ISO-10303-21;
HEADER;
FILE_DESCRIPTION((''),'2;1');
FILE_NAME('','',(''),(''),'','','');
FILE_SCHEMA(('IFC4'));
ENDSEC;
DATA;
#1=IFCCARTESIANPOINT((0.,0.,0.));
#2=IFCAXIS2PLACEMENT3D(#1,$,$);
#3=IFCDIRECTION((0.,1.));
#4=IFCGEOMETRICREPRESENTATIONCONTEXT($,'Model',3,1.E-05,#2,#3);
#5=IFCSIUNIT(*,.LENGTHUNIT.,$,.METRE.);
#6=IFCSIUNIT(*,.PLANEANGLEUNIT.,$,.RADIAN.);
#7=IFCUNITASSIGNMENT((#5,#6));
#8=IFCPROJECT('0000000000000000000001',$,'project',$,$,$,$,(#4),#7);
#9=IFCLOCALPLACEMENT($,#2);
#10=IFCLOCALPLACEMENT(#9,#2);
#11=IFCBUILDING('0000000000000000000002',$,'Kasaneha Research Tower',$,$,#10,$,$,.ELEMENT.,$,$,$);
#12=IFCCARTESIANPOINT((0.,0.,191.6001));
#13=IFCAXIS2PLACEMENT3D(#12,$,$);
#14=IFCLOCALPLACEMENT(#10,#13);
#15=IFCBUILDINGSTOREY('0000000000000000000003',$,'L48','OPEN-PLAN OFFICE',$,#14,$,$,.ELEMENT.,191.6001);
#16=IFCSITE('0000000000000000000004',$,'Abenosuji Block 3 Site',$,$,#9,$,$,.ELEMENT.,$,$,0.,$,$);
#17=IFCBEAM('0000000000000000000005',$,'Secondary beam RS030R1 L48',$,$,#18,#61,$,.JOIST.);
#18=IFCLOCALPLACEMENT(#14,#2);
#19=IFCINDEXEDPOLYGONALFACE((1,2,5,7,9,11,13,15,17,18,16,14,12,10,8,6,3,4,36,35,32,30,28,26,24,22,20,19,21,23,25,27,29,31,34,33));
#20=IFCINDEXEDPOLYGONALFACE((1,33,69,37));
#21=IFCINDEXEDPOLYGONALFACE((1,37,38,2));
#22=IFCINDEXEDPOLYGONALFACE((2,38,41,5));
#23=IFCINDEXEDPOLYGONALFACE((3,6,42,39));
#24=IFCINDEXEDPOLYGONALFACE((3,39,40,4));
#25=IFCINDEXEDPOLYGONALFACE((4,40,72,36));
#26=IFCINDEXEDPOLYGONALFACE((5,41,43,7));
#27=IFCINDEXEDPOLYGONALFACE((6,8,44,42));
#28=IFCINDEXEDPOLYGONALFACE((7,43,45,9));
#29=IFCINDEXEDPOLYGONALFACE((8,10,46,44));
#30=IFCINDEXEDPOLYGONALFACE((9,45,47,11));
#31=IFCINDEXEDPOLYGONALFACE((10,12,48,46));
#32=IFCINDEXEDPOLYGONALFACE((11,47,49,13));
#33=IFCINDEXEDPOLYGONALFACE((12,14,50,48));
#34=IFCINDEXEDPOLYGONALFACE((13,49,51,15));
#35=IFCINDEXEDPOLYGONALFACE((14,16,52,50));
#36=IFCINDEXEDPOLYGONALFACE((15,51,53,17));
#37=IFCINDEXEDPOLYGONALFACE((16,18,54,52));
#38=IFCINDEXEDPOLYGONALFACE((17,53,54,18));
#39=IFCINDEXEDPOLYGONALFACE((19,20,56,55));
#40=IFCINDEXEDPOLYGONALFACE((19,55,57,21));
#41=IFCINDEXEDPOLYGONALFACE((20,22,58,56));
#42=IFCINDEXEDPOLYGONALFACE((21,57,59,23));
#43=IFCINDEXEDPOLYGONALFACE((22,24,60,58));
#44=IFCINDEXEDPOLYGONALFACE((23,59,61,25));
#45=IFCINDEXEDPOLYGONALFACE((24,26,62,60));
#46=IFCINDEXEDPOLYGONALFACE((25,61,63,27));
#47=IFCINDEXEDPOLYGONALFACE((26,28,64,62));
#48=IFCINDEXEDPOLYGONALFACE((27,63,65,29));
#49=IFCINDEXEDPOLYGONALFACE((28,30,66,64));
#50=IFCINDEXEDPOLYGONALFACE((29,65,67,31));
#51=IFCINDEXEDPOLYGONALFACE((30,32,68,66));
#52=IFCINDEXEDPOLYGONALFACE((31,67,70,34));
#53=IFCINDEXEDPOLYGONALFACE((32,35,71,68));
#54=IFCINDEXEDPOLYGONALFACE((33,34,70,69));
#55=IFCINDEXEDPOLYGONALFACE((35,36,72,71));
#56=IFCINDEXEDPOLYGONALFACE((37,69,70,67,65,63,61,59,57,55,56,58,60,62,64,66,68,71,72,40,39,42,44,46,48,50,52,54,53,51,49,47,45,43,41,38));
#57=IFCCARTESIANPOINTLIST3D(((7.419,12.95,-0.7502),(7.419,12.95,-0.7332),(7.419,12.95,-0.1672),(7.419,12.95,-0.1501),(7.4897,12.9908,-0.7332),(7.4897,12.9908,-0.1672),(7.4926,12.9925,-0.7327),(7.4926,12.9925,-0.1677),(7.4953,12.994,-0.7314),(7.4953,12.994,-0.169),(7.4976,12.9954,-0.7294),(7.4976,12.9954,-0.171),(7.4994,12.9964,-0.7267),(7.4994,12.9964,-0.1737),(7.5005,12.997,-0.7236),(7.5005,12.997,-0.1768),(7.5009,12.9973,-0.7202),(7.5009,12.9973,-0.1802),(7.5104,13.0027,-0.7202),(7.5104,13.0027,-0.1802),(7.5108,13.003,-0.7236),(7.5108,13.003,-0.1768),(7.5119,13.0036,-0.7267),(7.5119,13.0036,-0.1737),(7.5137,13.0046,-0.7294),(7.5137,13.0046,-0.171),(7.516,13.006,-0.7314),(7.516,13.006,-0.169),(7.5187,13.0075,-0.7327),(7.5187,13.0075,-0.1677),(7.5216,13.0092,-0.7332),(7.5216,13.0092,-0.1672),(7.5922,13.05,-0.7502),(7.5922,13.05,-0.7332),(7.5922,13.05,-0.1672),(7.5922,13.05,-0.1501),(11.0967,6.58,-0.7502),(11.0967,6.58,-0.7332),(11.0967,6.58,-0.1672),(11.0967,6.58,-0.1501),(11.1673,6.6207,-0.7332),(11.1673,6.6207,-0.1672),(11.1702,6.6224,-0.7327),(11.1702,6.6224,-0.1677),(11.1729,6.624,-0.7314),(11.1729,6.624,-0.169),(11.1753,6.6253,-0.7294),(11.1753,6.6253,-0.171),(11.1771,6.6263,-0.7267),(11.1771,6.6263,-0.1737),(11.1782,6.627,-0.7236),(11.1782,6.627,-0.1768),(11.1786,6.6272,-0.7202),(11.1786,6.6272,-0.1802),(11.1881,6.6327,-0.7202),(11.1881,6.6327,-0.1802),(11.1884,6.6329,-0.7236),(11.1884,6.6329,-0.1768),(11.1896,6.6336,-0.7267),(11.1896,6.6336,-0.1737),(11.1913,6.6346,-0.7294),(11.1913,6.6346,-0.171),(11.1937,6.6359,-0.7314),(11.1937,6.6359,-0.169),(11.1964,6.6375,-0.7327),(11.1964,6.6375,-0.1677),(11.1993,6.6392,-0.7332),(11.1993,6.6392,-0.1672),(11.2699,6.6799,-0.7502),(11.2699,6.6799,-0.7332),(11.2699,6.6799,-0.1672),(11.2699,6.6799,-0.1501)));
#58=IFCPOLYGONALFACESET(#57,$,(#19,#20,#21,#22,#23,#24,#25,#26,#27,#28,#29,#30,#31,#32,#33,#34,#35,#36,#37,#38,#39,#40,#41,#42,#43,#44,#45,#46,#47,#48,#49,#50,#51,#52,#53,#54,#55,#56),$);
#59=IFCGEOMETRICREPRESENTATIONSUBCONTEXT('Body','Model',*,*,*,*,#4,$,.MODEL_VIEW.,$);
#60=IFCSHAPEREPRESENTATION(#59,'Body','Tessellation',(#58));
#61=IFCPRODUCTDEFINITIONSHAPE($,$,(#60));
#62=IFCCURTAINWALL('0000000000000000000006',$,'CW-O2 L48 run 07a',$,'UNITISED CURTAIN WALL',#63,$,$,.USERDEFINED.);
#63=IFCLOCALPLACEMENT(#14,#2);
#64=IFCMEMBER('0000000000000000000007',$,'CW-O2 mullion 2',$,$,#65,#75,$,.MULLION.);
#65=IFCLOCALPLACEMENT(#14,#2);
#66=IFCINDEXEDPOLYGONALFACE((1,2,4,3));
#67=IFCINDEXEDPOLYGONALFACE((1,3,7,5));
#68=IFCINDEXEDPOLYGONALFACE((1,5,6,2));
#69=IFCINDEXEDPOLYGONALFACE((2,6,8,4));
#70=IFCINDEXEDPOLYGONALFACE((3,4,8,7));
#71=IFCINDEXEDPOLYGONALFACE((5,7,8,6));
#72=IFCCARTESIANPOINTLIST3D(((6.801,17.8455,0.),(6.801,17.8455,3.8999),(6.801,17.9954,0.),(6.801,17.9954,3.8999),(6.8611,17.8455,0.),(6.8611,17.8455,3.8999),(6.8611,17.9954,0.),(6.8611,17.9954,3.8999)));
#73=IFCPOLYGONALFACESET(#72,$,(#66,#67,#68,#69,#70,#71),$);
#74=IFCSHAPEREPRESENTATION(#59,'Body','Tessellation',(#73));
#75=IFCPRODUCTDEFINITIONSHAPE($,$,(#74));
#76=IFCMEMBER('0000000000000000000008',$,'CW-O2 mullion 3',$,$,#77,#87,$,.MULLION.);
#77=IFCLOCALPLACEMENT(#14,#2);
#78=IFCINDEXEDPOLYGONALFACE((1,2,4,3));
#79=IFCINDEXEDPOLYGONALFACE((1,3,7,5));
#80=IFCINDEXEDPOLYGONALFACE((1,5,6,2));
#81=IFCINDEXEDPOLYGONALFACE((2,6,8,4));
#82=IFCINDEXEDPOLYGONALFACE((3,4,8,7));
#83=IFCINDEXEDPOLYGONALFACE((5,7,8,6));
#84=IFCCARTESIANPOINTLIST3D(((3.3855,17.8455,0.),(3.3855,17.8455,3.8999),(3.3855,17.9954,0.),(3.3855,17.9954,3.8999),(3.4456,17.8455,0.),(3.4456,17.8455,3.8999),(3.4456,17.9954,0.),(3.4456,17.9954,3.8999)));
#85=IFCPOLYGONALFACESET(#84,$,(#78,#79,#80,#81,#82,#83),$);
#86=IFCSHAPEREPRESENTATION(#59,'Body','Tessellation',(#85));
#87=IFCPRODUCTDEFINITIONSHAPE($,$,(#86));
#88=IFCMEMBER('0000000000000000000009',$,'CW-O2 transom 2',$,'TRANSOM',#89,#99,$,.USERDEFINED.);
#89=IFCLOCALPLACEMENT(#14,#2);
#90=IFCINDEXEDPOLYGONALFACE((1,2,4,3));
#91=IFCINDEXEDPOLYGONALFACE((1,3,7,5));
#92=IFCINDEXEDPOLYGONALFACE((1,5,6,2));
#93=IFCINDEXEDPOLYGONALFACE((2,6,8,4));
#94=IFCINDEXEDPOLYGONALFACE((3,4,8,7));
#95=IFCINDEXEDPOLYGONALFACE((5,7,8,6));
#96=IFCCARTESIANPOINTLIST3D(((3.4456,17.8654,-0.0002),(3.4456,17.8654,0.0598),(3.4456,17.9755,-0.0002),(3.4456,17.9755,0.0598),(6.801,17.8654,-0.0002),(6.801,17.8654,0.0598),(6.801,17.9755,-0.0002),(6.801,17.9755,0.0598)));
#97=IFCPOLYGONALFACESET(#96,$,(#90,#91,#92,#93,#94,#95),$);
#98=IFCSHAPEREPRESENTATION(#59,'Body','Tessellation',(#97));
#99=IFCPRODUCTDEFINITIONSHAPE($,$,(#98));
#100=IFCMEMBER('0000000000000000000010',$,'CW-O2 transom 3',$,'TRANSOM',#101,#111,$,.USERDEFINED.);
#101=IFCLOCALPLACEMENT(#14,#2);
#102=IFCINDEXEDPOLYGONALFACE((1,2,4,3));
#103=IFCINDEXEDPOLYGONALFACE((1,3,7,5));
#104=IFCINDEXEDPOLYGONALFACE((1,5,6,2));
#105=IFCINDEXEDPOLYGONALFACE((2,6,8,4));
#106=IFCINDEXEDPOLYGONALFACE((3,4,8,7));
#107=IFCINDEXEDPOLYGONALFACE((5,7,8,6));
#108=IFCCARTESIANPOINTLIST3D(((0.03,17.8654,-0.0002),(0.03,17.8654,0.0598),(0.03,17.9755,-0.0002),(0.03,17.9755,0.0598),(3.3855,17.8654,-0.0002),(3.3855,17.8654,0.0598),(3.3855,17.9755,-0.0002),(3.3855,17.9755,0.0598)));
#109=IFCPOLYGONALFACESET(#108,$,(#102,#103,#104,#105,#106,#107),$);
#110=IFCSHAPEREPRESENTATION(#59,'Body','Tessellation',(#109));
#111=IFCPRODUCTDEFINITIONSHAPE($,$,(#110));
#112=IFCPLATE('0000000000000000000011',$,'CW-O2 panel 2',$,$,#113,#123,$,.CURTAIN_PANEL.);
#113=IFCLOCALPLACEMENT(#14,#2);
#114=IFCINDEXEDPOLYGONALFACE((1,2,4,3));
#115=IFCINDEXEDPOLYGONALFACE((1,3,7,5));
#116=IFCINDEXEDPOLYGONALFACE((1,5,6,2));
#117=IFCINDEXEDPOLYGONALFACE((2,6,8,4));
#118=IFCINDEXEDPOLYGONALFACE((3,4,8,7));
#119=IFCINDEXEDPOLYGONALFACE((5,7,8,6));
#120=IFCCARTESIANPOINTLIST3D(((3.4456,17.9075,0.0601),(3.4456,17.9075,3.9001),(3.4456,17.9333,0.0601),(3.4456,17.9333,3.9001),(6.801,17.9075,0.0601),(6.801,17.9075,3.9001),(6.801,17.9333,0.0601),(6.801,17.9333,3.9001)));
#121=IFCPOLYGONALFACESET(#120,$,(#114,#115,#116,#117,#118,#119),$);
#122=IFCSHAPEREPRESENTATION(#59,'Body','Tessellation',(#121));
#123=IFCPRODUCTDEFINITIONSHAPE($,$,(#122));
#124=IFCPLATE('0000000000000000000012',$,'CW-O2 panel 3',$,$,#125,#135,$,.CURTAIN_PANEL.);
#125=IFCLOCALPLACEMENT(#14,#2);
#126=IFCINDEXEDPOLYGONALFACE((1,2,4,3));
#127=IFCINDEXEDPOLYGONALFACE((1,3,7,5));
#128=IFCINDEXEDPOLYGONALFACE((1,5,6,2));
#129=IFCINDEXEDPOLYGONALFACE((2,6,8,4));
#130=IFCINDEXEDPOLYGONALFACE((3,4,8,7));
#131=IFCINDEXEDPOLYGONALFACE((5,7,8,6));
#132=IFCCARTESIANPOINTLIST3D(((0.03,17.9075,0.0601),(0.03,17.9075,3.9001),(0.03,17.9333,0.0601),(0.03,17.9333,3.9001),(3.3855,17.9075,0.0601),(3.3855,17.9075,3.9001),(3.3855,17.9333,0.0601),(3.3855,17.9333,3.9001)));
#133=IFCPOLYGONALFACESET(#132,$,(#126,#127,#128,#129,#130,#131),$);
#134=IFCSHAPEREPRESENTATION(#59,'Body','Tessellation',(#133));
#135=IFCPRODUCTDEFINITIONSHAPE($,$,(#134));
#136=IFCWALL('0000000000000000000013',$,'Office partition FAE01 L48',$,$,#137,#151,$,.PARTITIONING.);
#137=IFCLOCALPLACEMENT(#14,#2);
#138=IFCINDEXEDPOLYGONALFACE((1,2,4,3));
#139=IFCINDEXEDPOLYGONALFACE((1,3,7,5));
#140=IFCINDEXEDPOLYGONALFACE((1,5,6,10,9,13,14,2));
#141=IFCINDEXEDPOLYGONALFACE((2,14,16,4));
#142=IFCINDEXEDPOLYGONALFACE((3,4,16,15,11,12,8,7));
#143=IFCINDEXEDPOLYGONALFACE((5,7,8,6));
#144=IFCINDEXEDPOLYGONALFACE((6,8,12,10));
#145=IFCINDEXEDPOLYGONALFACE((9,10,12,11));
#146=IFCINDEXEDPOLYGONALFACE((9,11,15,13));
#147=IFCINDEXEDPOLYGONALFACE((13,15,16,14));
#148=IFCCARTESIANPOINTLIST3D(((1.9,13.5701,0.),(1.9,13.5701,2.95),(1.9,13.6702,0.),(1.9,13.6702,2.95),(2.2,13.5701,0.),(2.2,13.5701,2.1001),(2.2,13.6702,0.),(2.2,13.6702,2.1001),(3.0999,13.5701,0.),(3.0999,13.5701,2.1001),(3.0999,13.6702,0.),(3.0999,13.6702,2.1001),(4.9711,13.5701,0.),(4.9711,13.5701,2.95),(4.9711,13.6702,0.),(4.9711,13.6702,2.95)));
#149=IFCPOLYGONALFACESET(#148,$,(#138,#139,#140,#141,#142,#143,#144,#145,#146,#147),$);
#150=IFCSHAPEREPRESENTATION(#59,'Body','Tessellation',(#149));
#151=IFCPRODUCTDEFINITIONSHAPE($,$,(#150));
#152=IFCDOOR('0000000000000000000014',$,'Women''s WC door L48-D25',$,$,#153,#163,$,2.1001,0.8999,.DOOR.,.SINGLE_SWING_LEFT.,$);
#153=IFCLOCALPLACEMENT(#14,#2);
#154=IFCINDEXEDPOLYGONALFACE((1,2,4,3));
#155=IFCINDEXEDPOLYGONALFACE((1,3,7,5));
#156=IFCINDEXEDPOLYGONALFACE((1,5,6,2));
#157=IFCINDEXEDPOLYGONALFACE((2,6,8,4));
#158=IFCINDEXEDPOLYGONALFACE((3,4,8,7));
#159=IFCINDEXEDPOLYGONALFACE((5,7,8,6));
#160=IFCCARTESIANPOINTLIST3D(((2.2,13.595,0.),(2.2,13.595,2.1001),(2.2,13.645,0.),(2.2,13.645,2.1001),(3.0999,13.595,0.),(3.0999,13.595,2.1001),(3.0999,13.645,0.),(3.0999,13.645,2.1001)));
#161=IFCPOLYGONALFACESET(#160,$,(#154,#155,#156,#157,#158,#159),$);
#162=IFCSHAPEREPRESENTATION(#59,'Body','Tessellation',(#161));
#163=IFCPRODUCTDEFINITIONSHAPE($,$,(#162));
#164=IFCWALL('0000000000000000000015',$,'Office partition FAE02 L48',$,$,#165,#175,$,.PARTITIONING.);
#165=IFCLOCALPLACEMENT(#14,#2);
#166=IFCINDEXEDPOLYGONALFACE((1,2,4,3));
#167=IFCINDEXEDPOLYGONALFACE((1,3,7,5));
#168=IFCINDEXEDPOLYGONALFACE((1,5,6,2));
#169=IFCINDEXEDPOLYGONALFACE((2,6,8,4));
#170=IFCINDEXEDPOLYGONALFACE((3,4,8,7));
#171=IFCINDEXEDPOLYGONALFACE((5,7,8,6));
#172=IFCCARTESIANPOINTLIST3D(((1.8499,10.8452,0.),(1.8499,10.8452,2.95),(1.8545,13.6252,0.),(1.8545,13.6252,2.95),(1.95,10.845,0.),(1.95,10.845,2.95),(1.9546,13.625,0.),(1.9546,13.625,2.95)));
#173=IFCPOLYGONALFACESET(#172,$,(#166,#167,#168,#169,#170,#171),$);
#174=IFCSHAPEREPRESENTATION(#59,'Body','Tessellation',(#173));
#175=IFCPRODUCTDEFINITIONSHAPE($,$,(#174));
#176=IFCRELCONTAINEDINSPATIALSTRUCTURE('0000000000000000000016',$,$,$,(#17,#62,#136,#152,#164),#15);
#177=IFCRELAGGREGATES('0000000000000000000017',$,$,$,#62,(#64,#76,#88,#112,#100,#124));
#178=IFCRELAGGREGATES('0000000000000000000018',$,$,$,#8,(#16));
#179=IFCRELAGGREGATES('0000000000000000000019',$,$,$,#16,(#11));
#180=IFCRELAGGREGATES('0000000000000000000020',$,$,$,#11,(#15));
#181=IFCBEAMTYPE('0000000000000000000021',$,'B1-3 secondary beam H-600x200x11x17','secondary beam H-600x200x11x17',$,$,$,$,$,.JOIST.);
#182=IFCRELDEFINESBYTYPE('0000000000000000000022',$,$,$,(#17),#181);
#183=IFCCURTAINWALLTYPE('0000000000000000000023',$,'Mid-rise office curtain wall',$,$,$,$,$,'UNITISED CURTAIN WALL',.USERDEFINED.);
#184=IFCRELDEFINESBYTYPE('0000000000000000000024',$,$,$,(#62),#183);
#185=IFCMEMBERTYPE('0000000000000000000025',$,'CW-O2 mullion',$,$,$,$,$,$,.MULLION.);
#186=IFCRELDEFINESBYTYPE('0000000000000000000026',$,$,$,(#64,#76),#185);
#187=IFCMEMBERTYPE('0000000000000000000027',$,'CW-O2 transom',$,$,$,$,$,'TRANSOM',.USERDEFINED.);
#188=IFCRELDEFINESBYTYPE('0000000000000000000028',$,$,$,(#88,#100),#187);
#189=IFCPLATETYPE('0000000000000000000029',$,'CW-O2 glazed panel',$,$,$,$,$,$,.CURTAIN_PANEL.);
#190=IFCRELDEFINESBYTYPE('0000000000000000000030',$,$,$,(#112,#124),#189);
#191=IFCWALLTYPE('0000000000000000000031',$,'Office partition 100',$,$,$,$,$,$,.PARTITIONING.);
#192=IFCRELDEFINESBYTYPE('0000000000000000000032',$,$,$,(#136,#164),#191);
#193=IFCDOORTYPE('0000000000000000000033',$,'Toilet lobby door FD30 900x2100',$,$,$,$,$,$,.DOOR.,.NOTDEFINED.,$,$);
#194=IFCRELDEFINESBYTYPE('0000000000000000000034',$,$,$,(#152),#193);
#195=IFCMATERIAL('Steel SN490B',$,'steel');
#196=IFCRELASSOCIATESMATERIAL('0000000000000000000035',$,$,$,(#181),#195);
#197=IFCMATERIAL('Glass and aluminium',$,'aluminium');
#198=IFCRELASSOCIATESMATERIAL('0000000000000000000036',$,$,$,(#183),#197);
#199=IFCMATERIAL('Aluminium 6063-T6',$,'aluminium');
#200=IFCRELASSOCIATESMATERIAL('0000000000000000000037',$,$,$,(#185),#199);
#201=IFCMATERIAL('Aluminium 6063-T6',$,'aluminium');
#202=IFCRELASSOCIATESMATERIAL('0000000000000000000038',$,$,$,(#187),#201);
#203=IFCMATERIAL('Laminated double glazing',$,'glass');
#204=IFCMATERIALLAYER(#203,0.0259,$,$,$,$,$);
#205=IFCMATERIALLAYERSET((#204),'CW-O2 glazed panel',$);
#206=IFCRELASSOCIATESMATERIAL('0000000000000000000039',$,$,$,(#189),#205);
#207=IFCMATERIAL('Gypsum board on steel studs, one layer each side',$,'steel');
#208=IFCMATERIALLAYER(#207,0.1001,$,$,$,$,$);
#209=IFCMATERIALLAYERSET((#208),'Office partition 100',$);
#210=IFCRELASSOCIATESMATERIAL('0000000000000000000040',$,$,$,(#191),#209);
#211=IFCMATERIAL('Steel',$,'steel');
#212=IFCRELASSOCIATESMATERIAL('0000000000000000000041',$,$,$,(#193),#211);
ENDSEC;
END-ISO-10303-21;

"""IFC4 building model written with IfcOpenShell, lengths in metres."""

from ifc_helpers import new_model, si_unit, direction, frame, frame_2d, origin, origin_2d, place, context, subcontext, project, spatial, rectangle, i_section, extrude, material, layer, layer_set, material_profile, profile_set, type_object, element, fill, aggregate, save


model = new_model("IFC4")

# Units and contexts
model_context = context("Model", 3, precision=1e-05, world=origin(), true_north=direction((0.0, 1.0)))
body_context = subcontext(model_context, "Body", "Model", "MODEL_VIEW")
ifc_project = project(units=[si_unit("LENGTHUNIT", "METRE"), si_unit("PLANEANGLEUNIT", "RADIAN")], contexts=[model_context])

# Site, building, storey
site_placement = place(None, origin())
site = spatial("IfcSite", under=ifc_project, at=site_placement, Name="Abenosuji Block 3 Site", CompositionType="ELEMENT", RefElevation=0.0)
building_placement = place(site_placement, origin())
building = spatial("IfcBuilding", under=site, at=building_placement, Name="Kasaneha Research Tower", CompositionType="ELEMENT")
storey_placement = place(building_placement, frame((0.0, 0.0, 191.6001)))
storey = spatial("IfcBuildingStorey", under=building, at=storey_placement, Name="L48", Description="OPEN-PLAN OFFICE", CompositionType="ELEMENT", Elevation=191.6001)

# Beam
ifc_material_1 = material(Name="Steel SN490B", Category="steel")
ifc_material_profile_1 = material_profile(ifc_material_1, i_section(OverallWidth=0.2, OverallDepth=0.6001, WebThickness=0.011, FlangeThickness=0.0171, FilletRadius=0.0129, at=origin_2d()), Name="H-600x200x11x17")
ifc_profile_set_1 = profile_set([ifc_material_profile_1], Name="Steel SN490B")
beam_type = type_object("IfcBeamType", Name="B1-3 secondary beam H-600x200x11x17", Description="secondary beam H-600x200x11x17", PredefinedType="JOIST", material=ifc_profile_set_1)
beam_placement = place(storey_placement, frame((7.5056, 13.0, -0.4502), z_axis=(0.499994, -0.866029, 0.0), x_axis=(0.866029, 0.499994, 0.0)))
element("IfcBeam", 1, at=beam_placement, inside=storey, type_object=beam_type, Name="Secondary beam RS030R1 L48", PredefinedType="JOIST", context=body_context, shape_type="SweptSolid", body=[
    extrude(i_section(OverallWidth=0.2, OverallDepth=0.6001, WebThickness=0.011, FlangeThickness=0.0171, FilletRadius=0.0129, at=origin_2d()), origin(), (0.0, 0.0, 1.0), 7.3555),
])

# Curtain wall, members, plates
ifc_material_2 = material(Name="Glass and aluminium", Category="aluminium")
curtain_wall_type = type_object("IfcCurtainWallType", Name="Mid-rise office curtain wall", ElementType="UNITISED CURTAIN WALL", PredefinedType="USERDEFINED", material=ifc_material_2)
curtain_wall_placement = place(storey_placement, origin())
curtain_wall = element("IfcCurtainWall", 2, at=curtain_wall_placement, inside=storey, type_object=curtain_wall_type, Name="CW-O2 L48 run 07a", ObjectType="UNITISED CURTAIN WALL", PredefinedType="USERDEFINED")
ifc_material_3 = material(Name="Aluminium 6063-T6", Category="aluminium")
ifc_material_profile_2 = material_profile(ifc_material_3, rectangle(XDim=0.0601, YDim=0.1499, at=origin_2d()), Name="CW-O2 mullion 60x150")
ifc_profile_set_2 = profile_set([ifc_material_profile_2], Name="Aluminium 6063-T6")
member_type_1 = type_object("IfcMemberType", Name="CW-O2 mullion", PredefinedType="MULLION", material=ifc_profile_set_2)
member_1_placement = place(storey_placement, frame((6.8311, 17.9204, 0.0), z_axis=(0.0, 0.0, 1.0), x_axis=(-1.0, 0.0, 0.0)))
member_1 = element("IfcMember", 3, at=member_1_placement, type_object=member_type_1, Name="CW-O2 mullion 2", PredefinedType="MULLION", context=body_context, shape_type="SweptSolid", body=[
    extrude(rectangle(XDim=0.0601, YDim=0.1499, at=origin_2d()), origin(), (0.0, 0.0, 1.0), 3.8999),
])
member_2_placement = place(storey_placement, frame((3.4155, 17.9204, 0.0), z_axis=(0.0, 0.0, 1.0), x_axis=(-1.0, 0.0, 0.0)))
member_2 = element("IfcMember", 4, at=member_2_placement, type_object=member_type_1, Name="CW-O2 mullion 3", PredefinedType="MULLION", context=body_context, shape_type="SweptSolid", body=[
    extrude(rectangle(XDim=0.0601, YDim=0.1499, at=origin_2d()), origin(), (0.0, 0.0, 1.0), 3.8999),
])
ifc_material_4 = material(Name="Aluminium 6063-T6", Category="aluminium")
ifc_material_profile_3 = material_profile(ifc_material_4, rectangle(XDim=0.1101, YDim=0.0601, at=origin_2d()), Name="CW-O2 transom 110x60")
ifc_profile_set_3 = profile_set([ifc_material_profile_3], Name="Aluminium 6063-T6")
member_type_2 = type_object("IfcMemberType", Name="CW-O2 transom", ElementType="TRANSOM", PredefinedType="USERDEFINED", material=ifc_profile_set_3)
member_3_placement = place(storey_placement, frame((6.801, 17.9204, 0.0298), z_axis=(-1.0, 0.0, 0.0), x_axis=(0.0, -1.0, 0.0)))
member_3 = element("IfcMember", 5, at=member_3_placement, type_object=member_type_2, Name="CW-O2 transom 2", ObjectType="TRANSOM", PredefinedType="USERDEFINED", context=body_context, shape_type="SweptSolid", body=[
    extrude(rectangle(XDim=0.1101, YDim=0.0601, at=origin_2d()), origin(), (0.0, 0.0, 1.0), 3.3555),
])
member_4_placement = place(storey_placement, frame((3.3855, 17.9204, 0.0298), z_axis=(-1.0, 0.0, 0.0), x_axis=(0.0, -1.0, 0.0)))
member_4 = element("IfcMember", 6, at=member_4_placement, type_object=member_type_2, Name="CW-O2 transom 3", ObjectType="TRANSOM", PredefinedType="USERDEFINED", context=body_context, shape_type="SweptSolid", body=[
    extrude(rectangle(XDim=0.1101, YDim=0.0601, at=origin_2d()), origin(), (0.0, 0.0, 1.0), 3.3555),
])
ifc_material_5 = material(Name="Laminated double glazing", Category="glass")
ifc_layer_1 = layer(ifc_material_5, 0.0259)
ifc_layer_set_1 = layer_set([ifc_layer_1], Name="CW-O2 glazed panel")
plate_type = type_object("IfcPlateType", Name="CW-O2 glazed panel", PredefinedType="CURTAIN_PANEL", material=ifc_layer_set_1)
plate_1_placement = place(storey_placement, frame((5.1233, 17.9204, 0.0601), z_axis=(0.0, 0.0, 1.0), x_axis=(-1.0, 0.0, 0.0)))
plate_1 = element("IfcPlate", 7, at=plate_1_placement, type_object=plate_type, Name="CW-O2 panel 2", PredefinedType="CURTAIN_PANEL", context=body_context, shape_type="SweptSolid", body=[
    extrude(rectangle(XDim=3.3555, YDim=0.0259, at=origin_2d()), origin(), (0.0, 0.0, 1.0), 3.8401),
])
plate_2_placement = place(storey_placement, frame((1.7078, 17.9204, 0.0601), z_axis=(0.0, 0.0, 1.0), x_axis=(-1.0, 0.0, 0.0)))
plate_2 = element("IfcPlate", 8, at=plate_2_placement, type_object=plate_type, Name="CW-O2 panel 3", PredefinedType="CURTAIN_PANEL", context=body_context, shape_type="SweptSolid", body=[
    extrude(rectangle(XDim=3.3555, YDim=0.0259, at=origin_2d()), origin(), (0.0, 0.0, 1.0), 3.8401),
])
aggregate(curtain_wall, [member_1, member_2, member_3, plate_1, member_4, plate_2])

# Wall, opening, door
ifc_material_6 = material(Name="Gypsum board on steel studs, one layer each side", Category="steel")
ifc_layer_2 = layer(ifc_material_6, 0.1001)
ifc_layer_set_2 = layer_set([ifc_layer_2], Name="Office partition 100")
wall_type_1 = type_object("IfcWallType", Name="Office partition 100", PredefinedType="PARTITIONING", material=ifc_layer_set_2)
wall_1_placement = place(storey_placement, frame((1.8999, 13.6201, 0.0), z_axis=(0.0, 0.0, 1.0), x_axis=(1.0, 0.0, 0.0)))
wall_1 = element("IfcWall", 9, at=wall_1_placement, inside=storey, type_object=wall_type_1, Name="Office partition FAE01 L48", PredefinedType="PARTITIONING", context=body_context, shape_type="SweptSolid", body=[
    extrude(rectangle(XDim=3.071, YDim=0.1001, at=frame_2d((1.5356, 0.0))), origin(), (0.0, 0.0, 1.0), 2.95),
])
opening_1_placement = place(wall_1_placement, frame((0.3, 0.0, 0.0)))
opening_1 = element("IfcOpeningElement", 10, at=opening_1_placement, cuts=wall_1, PredefinedType="OPENING", context=body_context, shape_type="SweptSolid", body=[
    extrude(rectangle(XDim=0.8999, YDim=2.1001, at=frame_2d((0.45, 1.05))), frame((0.0, 0.0601, 0.0), z_axis=(0.0, -1.0, 0.0), x_axis=(1.0, 0.0, 0.0)), (0.0, 0.0, 1.0), 0.1201),
])
ifc_material_7 = material(Name="Steel", Category="steel")
door_type = type_object("IfcDoorType", Name="Toilet lobby door FD30 900x2100", OperationType="NOTDEFINED", PredefinedType="DOOR", material=ifc_material_7)
door_1_placement = place(opening_1_placement, origin())
door_1 = element("IfcDoor", 11, at=door_1_placement, inside=storey, type_object=door_type, Name="Women's WC door L48-D25", OperationType="SINGLE_SWING_LEFT", OverallHeight=2.1001, OverallWidth=0.8999, PredefinedType="DOOR", context=body_context, shape_type="SweptSolid", body=[
    extrude(rectangle(XDim=0.8999, YDim=2.1001, at=frame_2d((0.45, 1.05))), frame((0.0, 0.0249, 0.0), z_axis=(0.0, -1.0, 0.0), x_axis=(1.0, 0.0, 0.0)), (0.0, 0.0, 1.0), 0.05),
])
fill(opening_1, door_1)

# Wall
for number, where, z_axis, x_axis, name in (
    (12, (1.8999, 10.845, 0.0), (0.0, 0.0, 1.0), (0.001669, 0.999999, 0.0), "Office partition FAE02 L48"),
):
    element("IfcWall", number, at=place(storey_placement, frame(where, z_axis=z_axis, x_axis=x_axis)), inside=storey, type_object=wall_type_1, Name=name, PredefinedType="PARTITIONING", context=body_context, shape_type="SweptSolid", body=[
        extrude(rectangle(XDim=2.78, YDim=0.1001, at=frame_2d((1.3901, 0.0))), origin(), (0.0, 0.0, 1.0), 2.95),
    ])

save(model, "model.ifc")
